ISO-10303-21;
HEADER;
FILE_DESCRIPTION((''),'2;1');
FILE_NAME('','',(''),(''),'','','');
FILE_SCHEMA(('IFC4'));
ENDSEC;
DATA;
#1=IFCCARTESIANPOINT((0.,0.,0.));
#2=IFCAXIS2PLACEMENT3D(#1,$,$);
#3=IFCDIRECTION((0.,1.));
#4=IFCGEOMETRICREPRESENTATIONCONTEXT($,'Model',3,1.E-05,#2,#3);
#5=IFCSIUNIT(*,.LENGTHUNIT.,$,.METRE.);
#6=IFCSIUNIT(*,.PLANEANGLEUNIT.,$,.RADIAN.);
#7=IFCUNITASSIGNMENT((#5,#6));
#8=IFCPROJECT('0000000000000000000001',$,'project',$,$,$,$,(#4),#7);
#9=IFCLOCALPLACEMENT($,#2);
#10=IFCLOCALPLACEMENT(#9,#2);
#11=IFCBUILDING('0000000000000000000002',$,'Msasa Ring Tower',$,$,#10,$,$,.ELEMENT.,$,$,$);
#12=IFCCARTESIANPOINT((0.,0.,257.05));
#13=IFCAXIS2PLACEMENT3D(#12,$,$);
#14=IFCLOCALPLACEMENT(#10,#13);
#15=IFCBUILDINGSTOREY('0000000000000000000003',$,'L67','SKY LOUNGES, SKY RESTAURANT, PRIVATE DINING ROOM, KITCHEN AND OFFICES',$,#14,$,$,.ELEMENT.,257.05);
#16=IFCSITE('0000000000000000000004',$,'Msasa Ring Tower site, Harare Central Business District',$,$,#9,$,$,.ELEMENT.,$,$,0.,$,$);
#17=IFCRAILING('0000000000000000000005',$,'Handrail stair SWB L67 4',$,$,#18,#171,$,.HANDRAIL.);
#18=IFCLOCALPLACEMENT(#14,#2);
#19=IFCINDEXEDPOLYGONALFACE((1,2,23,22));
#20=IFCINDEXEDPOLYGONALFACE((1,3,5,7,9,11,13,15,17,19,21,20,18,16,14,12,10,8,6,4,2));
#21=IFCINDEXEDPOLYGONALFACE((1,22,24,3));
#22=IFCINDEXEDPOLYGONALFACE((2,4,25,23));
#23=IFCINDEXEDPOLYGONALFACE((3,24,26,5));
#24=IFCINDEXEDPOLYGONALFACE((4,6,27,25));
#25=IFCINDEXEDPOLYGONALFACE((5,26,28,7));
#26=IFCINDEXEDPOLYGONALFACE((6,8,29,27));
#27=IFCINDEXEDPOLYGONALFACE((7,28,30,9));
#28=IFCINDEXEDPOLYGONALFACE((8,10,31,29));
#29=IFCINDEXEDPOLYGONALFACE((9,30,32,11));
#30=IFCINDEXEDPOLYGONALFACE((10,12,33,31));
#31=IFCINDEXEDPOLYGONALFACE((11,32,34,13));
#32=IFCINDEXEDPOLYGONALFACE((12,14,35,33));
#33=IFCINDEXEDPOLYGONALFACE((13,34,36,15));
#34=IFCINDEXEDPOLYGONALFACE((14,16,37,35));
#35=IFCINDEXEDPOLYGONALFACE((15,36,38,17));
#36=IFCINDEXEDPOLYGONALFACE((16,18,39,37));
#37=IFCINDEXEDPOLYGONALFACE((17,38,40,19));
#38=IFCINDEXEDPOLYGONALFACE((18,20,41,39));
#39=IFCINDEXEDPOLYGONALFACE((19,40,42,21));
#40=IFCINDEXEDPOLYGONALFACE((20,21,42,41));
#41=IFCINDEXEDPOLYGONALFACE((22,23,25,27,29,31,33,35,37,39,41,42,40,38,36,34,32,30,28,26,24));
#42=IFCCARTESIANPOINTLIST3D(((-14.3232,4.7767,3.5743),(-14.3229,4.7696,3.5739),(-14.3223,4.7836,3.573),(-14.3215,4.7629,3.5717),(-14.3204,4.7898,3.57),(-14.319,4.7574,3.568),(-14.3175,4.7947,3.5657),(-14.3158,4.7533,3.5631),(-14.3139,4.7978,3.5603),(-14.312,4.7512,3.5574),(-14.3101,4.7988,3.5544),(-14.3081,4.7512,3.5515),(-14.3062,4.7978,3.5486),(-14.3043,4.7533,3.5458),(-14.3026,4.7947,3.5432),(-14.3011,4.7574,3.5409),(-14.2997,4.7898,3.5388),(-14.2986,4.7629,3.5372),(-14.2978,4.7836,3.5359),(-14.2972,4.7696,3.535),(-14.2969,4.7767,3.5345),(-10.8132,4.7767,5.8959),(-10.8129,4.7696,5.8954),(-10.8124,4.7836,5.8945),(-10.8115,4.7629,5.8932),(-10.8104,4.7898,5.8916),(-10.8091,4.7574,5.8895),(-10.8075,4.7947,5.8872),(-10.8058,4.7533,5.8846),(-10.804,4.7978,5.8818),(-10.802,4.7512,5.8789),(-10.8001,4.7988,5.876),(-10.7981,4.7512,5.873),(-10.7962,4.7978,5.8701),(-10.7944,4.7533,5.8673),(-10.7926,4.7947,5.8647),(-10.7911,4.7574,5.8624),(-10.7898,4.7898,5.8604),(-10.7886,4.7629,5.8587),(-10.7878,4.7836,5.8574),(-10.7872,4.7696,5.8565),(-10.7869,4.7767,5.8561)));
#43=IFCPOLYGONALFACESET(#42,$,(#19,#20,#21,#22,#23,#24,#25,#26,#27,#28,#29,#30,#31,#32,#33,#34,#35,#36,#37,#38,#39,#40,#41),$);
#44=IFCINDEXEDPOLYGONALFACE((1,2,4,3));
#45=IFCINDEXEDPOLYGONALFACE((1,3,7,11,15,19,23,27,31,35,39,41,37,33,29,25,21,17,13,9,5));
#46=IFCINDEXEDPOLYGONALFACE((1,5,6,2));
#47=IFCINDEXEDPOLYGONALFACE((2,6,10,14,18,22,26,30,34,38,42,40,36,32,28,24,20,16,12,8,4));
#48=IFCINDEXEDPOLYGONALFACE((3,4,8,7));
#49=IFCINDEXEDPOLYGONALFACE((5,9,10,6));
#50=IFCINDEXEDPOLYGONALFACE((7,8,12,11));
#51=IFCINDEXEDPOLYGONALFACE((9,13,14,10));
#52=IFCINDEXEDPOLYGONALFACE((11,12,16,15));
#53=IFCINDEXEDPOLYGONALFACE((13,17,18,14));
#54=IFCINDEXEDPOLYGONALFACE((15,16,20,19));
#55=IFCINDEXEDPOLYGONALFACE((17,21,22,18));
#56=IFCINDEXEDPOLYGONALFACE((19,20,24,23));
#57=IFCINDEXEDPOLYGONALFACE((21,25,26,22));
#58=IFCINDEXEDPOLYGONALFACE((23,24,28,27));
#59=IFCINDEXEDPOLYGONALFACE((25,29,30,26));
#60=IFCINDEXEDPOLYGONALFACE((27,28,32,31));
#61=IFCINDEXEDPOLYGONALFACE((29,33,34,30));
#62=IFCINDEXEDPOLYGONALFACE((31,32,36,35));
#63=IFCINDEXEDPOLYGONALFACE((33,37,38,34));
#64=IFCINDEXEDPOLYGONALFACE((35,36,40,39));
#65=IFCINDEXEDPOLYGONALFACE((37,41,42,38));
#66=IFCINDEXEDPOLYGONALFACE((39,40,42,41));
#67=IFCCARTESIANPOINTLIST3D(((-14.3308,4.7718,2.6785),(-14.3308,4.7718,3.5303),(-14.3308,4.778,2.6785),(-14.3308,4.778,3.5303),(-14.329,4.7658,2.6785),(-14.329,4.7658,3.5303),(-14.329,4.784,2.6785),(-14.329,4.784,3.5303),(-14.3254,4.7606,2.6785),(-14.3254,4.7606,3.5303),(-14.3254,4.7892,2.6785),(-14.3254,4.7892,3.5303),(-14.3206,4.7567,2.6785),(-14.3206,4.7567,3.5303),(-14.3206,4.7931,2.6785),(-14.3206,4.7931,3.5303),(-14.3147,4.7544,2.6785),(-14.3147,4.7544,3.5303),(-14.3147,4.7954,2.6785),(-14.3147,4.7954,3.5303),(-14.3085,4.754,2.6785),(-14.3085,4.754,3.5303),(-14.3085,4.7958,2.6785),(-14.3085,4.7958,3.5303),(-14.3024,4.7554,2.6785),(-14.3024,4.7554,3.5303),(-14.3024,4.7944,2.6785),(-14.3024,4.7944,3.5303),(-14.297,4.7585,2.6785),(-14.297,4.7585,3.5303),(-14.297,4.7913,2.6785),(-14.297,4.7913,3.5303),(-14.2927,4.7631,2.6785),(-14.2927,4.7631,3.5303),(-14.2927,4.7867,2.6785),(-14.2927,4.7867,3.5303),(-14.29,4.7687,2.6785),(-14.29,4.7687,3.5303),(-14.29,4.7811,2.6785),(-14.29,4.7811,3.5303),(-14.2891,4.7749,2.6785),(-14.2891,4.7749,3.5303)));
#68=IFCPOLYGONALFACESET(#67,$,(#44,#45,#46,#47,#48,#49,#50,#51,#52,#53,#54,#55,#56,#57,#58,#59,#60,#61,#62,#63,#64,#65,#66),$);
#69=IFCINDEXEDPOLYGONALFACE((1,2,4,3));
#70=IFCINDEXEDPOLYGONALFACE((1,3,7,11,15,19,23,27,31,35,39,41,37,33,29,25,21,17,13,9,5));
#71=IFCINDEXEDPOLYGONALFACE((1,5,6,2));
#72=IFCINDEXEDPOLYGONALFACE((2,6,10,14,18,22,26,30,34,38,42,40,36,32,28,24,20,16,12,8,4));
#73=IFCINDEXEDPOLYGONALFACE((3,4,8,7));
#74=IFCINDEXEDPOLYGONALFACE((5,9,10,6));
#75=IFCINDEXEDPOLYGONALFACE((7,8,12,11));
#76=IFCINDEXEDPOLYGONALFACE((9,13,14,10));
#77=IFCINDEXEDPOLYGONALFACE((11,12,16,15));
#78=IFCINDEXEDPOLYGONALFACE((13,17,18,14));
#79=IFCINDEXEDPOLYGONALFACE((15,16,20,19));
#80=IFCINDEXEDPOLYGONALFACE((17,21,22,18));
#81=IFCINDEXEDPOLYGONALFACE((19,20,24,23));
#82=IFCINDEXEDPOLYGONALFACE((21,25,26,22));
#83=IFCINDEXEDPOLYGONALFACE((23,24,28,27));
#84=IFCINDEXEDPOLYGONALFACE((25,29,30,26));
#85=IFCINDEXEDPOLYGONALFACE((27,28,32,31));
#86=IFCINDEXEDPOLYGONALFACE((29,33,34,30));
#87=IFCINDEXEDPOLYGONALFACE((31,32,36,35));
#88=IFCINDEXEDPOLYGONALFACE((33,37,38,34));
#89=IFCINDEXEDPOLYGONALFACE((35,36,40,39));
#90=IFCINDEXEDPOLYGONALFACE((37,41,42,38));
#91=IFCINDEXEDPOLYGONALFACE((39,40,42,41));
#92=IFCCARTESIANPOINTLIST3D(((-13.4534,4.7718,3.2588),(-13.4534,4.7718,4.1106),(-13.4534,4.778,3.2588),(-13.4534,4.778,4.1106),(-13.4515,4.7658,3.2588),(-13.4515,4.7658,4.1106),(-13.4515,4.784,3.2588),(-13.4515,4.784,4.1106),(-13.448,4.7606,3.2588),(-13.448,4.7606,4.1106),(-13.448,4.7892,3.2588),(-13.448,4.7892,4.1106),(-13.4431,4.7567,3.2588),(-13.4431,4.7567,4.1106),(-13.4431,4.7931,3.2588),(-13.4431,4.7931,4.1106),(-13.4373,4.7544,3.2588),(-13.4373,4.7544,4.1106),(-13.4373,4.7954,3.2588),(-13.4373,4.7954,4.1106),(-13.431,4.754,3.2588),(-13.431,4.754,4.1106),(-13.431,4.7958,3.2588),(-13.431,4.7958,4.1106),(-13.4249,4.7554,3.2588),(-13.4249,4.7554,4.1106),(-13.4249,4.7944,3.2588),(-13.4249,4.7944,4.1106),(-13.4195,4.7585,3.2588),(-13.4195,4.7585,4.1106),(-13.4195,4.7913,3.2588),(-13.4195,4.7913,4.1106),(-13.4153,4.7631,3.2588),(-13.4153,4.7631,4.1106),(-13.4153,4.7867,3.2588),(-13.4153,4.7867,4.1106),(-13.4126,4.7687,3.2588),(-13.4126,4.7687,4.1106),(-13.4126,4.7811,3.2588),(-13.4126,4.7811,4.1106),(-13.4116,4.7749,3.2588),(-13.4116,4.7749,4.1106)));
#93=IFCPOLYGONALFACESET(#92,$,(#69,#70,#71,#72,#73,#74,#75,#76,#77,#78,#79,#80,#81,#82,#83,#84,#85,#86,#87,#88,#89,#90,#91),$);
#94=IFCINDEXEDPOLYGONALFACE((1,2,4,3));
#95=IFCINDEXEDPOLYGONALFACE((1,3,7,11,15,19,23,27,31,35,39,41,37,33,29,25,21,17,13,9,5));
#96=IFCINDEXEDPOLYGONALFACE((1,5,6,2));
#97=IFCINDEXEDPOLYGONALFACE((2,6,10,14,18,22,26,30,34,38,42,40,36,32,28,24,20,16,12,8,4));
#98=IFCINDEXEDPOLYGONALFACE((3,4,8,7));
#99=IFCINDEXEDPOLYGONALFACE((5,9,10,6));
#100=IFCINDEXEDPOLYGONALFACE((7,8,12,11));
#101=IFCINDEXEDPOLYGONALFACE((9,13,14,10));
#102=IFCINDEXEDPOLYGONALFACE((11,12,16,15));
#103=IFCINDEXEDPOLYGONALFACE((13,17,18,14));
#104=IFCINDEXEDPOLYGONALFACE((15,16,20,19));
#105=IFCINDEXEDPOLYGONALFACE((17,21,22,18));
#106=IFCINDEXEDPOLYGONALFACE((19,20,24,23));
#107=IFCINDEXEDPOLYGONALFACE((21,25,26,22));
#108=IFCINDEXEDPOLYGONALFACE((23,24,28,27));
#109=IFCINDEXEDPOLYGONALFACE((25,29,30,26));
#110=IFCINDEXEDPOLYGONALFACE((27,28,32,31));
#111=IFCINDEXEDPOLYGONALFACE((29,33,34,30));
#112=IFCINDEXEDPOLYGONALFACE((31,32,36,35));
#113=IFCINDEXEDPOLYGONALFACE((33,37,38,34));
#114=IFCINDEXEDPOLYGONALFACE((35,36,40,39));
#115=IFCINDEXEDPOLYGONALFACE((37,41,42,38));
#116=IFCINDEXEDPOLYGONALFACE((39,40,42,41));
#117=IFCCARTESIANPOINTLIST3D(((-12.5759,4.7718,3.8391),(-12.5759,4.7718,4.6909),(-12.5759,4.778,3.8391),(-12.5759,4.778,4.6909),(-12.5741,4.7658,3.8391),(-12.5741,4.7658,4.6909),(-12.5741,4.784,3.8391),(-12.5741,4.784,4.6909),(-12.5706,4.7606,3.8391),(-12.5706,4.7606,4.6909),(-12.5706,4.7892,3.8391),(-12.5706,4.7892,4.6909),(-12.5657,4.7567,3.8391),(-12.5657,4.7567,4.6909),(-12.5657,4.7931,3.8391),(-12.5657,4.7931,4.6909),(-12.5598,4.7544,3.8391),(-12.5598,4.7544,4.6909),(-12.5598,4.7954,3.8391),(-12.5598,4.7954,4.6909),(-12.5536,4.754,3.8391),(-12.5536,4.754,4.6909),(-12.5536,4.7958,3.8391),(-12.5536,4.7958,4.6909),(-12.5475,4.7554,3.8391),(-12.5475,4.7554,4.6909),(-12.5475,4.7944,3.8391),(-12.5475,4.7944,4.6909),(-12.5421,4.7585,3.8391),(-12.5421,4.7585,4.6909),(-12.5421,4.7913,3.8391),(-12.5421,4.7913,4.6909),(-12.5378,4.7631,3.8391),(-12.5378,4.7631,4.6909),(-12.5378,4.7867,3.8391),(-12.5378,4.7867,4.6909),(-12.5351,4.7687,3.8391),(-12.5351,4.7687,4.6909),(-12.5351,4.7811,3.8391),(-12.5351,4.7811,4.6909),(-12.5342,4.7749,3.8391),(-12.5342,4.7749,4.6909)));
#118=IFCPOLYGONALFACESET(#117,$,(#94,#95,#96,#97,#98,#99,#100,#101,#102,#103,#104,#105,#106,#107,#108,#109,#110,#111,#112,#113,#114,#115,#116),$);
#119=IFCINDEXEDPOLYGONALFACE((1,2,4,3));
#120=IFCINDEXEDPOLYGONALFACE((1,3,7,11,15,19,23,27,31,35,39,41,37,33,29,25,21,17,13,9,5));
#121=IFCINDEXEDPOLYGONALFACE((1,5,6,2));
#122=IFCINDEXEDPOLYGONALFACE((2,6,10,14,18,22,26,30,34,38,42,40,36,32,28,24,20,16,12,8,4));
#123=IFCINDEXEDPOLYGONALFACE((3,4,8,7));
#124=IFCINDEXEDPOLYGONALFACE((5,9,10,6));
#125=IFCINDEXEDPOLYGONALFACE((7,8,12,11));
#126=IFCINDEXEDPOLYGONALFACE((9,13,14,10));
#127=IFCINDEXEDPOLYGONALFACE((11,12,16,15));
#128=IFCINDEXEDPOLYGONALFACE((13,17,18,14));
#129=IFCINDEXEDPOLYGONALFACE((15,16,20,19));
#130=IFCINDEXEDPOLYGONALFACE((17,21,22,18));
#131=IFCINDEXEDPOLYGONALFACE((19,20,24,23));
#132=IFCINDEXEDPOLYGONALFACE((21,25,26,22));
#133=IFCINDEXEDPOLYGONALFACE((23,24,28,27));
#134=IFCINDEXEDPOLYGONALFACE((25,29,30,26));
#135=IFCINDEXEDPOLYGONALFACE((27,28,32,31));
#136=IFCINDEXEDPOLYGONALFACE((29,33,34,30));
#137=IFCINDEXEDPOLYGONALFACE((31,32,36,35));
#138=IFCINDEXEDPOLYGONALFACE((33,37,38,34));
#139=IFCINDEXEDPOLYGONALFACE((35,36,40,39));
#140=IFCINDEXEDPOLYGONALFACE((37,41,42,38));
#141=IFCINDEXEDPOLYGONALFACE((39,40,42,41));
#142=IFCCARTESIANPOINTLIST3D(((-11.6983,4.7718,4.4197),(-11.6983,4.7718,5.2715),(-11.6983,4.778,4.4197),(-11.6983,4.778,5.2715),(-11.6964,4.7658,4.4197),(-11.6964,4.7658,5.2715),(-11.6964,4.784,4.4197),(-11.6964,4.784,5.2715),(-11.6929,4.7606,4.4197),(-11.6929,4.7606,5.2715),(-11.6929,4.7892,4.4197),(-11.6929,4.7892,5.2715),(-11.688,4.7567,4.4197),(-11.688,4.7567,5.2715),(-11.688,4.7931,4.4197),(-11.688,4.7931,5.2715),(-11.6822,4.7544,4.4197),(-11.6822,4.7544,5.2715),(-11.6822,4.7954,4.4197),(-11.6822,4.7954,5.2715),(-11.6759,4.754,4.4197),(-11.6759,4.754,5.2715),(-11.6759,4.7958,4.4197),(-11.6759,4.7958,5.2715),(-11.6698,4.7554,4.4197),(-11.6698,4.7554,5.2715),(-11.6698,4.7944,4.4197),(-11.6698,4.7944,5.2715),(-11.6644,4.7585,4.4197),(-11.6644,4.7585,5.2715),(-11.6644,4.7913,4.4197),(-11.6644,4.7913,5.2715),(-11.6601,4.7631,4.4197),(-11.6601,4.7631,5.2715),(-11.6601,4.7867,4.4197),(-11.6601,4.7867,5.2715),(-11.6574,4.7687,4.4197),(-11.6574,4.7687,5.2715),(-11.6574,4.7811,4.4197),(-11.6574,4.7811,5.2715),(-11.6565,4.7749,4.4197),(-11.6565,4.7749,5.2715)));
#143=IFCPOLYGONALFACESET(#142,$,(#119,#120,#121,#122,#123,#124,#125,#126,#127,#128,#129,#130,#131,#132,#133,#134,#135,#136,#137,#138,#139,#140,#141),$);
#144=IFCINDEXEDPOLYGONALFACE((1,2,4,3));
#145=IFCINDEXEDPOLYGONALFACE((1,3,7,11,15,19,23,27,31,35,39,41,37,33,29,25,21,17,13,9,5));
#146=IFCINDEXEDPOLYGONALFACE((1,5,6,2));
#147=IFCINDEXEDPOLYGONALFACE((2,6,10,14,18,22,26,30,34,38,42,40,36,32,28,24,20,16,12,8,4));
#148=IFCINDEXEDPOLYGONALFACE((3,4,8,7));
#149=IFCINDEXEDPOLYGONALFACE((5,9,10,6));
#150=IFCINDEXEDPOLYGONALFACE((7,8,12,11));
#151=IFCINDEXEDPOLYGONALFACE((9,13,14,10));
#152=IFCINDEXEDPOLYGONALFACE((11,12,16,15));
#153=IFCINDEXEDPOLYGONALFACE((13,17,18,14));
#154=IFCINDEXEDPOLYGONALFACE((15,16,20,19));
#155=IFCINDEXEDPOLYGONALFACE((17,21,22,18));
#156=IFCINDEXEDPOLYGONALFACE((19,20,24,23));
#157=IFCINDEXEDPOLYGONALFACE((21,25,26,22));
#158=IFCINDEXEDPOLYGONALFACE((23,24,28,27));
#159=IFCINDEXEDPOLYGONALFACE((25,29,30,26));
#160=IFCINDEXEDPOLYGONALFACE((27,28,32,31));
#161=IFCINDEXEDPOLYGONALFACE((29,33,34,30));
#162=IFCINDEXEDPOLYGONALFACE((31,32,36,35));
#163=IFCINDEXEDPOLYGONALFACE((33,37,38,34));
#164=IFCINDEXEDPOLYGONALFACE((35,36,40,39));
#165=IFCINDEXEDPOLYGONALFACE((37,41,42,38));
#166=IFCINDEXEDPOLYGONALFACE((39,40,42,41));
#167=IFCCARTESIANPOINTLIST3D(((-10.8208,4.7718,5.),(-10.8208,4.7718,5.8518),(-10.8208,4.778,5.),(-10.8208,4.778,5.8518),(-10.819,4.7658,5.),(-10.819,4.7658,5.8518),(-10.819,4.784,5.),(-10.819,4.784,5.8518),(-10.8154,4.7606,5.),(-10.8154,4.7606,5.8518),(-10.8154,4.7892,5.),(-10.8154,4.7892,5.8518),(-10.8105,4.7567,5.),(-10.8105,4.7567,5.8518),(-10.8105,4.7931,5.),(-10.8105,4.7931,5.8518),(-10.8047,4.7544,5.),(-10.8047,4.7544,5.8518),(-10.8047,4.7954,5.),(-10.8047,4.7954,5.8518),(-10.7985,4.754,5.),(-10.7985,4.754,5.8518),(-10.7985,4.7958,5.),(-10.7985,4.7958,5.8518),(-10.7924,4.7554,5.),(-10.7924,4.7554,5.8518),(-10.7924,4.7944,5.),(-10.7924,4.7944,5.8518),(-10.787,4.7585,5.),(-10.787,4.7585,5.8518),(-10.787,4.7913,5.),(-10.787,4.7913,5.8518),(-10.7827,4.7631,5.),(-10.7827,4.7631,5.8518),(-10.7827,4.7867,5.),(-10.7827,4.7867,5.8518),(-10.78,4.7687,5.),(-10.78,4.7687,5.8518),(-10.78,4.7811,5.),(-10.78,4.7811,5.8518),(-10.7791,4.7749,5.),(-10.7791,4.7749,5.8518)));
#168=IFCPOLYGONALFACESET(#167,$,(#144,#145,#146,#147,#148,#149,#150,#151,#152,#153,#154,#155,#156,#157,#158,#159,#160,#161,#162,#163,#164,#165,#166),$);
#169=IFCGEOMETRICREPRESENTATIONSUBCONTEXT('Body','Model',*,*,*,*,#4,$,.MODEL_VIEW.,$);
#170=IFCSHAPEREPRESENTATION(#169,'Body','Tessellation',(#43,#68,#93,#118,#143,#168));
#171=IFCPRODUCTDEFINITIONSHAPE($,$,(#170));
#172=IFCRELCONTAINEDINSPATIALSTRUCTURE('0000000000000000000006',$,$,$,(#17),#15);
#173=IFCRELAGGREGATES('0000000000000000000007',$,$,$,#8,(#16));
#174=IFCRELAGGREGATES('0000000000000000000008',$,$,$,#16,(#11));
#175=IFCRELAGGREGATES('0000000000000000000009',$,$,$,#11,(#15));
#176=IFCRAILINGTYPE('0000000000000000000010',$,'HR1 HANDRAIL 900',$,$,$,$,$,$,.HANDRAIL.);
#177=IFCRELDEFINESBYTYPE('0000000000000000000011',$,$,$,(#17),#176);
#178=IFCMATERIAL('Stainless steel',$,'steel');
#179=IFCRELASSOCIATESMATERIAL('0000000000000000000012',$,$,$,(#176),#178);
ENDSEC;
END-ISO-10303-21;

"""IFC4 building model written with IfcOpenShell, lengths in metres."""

from ifc_helpers import new_model, si_unit, direction, frame, origin, origin_2d, place, context, subcontext, project, spatial, circle, extrude, material, type_object, element, save


model = new_model("IFC4")

# Units and contexts
model_context = context("Model", 3, precision=1e-05, world=origin(), true_north=direction((0.0, 1.0)))
body_context = subcontext(model_context, "Body", "Model", "MODEL_VIEW")
ifc_project = project(units=[si_unit("LENGTHUNIT", "METRE"), si_unit("PLANEANGLEUNIT", "RADIAN")], contexts=[model_context])

# Site, building, storey
site_placement = place(None, origin())
site = spatial("IfcSite", under=ifc_project, at=site_placement, Name="Msasa Ring Tower site, Harare Central Business District", CompositionType="ELEMENT", RefElevation=0.0)
building_placement = place(site_placement, origin())
building = spatial("IfcBuilding", under=site, at=building_placement, Name="Msasa Ring Tower", CompositionType="ELEMENT")
storey_placement = place(building_placement, frame((0.0, 0.0, 257.05)))
storey = spatial("IfcBuildingStorey", under=building, at=storey_placement, Name="L67", Description="SKY LOUNGES, SKY RESTAURANT, PRIVATE DINING ROOM, KITCHEN AND OFFICES", CompositionType="ELEMENT", Elevation=257.05)

# Railing
ifc_material_1 = material(Name="Stainless steel", Category="steel")
railing_type = type_object("IfcRailingType", Name="HR1 HANDRAIL 900", PredefinedType="HANDRAIL", material=ifc_material_1)
for number, where, name in (
    (1, (-14.3101, 4.7749, 2.6785), "Handrail stair SWB L67 4"),
):
    element("IfcRailing", number, at=place(storey_placement, frame(where)), inside=storey, type_object=railing_type, Name=name, PredefinedType="HANDRAIL", context=body_context, shape_type="SweptSolid", body=[
        extrude(circle(Radius=0.0239, at=origin_2d()), frame((0.0, 0.0, 0.876), z_axis=(0.834071, 0.0, 0.551657), x_axis=(0.0, 1.0, 0.0)), (0.0, 0.0, 1.0), 4.2083),
        extrude(circle(Radius=0.021, at=origin_2d()), origin(), (0.0, 0.0, 1.0), 0.8518),
        extrude(circle(Radius=0.021, at=origin_2d()), frame((0.8774, 0.0, 0.5803)), (0.0, 0.0, 1.0), 0.8518),
        extrude(circle(Radius=0.021, at=origin_2d()), frame((1.7549, 0.0, 1.1606)), (0.0, 0.0, 1.0), 0.8518),
        extrude(circle(Radius=0.021, at=origin_2d()), frame((2.6326, 0.0, 1.7412)), (0.0, 0.0, 1.0), 0.8518),
        extrude(circle(Radius=0.021, at=origin_2d()), frame((3.51, 0.0, 2.3215)), (0.0, 0.0, 1.0), 0.8518),
    ])

save(model, "model.ifc")
